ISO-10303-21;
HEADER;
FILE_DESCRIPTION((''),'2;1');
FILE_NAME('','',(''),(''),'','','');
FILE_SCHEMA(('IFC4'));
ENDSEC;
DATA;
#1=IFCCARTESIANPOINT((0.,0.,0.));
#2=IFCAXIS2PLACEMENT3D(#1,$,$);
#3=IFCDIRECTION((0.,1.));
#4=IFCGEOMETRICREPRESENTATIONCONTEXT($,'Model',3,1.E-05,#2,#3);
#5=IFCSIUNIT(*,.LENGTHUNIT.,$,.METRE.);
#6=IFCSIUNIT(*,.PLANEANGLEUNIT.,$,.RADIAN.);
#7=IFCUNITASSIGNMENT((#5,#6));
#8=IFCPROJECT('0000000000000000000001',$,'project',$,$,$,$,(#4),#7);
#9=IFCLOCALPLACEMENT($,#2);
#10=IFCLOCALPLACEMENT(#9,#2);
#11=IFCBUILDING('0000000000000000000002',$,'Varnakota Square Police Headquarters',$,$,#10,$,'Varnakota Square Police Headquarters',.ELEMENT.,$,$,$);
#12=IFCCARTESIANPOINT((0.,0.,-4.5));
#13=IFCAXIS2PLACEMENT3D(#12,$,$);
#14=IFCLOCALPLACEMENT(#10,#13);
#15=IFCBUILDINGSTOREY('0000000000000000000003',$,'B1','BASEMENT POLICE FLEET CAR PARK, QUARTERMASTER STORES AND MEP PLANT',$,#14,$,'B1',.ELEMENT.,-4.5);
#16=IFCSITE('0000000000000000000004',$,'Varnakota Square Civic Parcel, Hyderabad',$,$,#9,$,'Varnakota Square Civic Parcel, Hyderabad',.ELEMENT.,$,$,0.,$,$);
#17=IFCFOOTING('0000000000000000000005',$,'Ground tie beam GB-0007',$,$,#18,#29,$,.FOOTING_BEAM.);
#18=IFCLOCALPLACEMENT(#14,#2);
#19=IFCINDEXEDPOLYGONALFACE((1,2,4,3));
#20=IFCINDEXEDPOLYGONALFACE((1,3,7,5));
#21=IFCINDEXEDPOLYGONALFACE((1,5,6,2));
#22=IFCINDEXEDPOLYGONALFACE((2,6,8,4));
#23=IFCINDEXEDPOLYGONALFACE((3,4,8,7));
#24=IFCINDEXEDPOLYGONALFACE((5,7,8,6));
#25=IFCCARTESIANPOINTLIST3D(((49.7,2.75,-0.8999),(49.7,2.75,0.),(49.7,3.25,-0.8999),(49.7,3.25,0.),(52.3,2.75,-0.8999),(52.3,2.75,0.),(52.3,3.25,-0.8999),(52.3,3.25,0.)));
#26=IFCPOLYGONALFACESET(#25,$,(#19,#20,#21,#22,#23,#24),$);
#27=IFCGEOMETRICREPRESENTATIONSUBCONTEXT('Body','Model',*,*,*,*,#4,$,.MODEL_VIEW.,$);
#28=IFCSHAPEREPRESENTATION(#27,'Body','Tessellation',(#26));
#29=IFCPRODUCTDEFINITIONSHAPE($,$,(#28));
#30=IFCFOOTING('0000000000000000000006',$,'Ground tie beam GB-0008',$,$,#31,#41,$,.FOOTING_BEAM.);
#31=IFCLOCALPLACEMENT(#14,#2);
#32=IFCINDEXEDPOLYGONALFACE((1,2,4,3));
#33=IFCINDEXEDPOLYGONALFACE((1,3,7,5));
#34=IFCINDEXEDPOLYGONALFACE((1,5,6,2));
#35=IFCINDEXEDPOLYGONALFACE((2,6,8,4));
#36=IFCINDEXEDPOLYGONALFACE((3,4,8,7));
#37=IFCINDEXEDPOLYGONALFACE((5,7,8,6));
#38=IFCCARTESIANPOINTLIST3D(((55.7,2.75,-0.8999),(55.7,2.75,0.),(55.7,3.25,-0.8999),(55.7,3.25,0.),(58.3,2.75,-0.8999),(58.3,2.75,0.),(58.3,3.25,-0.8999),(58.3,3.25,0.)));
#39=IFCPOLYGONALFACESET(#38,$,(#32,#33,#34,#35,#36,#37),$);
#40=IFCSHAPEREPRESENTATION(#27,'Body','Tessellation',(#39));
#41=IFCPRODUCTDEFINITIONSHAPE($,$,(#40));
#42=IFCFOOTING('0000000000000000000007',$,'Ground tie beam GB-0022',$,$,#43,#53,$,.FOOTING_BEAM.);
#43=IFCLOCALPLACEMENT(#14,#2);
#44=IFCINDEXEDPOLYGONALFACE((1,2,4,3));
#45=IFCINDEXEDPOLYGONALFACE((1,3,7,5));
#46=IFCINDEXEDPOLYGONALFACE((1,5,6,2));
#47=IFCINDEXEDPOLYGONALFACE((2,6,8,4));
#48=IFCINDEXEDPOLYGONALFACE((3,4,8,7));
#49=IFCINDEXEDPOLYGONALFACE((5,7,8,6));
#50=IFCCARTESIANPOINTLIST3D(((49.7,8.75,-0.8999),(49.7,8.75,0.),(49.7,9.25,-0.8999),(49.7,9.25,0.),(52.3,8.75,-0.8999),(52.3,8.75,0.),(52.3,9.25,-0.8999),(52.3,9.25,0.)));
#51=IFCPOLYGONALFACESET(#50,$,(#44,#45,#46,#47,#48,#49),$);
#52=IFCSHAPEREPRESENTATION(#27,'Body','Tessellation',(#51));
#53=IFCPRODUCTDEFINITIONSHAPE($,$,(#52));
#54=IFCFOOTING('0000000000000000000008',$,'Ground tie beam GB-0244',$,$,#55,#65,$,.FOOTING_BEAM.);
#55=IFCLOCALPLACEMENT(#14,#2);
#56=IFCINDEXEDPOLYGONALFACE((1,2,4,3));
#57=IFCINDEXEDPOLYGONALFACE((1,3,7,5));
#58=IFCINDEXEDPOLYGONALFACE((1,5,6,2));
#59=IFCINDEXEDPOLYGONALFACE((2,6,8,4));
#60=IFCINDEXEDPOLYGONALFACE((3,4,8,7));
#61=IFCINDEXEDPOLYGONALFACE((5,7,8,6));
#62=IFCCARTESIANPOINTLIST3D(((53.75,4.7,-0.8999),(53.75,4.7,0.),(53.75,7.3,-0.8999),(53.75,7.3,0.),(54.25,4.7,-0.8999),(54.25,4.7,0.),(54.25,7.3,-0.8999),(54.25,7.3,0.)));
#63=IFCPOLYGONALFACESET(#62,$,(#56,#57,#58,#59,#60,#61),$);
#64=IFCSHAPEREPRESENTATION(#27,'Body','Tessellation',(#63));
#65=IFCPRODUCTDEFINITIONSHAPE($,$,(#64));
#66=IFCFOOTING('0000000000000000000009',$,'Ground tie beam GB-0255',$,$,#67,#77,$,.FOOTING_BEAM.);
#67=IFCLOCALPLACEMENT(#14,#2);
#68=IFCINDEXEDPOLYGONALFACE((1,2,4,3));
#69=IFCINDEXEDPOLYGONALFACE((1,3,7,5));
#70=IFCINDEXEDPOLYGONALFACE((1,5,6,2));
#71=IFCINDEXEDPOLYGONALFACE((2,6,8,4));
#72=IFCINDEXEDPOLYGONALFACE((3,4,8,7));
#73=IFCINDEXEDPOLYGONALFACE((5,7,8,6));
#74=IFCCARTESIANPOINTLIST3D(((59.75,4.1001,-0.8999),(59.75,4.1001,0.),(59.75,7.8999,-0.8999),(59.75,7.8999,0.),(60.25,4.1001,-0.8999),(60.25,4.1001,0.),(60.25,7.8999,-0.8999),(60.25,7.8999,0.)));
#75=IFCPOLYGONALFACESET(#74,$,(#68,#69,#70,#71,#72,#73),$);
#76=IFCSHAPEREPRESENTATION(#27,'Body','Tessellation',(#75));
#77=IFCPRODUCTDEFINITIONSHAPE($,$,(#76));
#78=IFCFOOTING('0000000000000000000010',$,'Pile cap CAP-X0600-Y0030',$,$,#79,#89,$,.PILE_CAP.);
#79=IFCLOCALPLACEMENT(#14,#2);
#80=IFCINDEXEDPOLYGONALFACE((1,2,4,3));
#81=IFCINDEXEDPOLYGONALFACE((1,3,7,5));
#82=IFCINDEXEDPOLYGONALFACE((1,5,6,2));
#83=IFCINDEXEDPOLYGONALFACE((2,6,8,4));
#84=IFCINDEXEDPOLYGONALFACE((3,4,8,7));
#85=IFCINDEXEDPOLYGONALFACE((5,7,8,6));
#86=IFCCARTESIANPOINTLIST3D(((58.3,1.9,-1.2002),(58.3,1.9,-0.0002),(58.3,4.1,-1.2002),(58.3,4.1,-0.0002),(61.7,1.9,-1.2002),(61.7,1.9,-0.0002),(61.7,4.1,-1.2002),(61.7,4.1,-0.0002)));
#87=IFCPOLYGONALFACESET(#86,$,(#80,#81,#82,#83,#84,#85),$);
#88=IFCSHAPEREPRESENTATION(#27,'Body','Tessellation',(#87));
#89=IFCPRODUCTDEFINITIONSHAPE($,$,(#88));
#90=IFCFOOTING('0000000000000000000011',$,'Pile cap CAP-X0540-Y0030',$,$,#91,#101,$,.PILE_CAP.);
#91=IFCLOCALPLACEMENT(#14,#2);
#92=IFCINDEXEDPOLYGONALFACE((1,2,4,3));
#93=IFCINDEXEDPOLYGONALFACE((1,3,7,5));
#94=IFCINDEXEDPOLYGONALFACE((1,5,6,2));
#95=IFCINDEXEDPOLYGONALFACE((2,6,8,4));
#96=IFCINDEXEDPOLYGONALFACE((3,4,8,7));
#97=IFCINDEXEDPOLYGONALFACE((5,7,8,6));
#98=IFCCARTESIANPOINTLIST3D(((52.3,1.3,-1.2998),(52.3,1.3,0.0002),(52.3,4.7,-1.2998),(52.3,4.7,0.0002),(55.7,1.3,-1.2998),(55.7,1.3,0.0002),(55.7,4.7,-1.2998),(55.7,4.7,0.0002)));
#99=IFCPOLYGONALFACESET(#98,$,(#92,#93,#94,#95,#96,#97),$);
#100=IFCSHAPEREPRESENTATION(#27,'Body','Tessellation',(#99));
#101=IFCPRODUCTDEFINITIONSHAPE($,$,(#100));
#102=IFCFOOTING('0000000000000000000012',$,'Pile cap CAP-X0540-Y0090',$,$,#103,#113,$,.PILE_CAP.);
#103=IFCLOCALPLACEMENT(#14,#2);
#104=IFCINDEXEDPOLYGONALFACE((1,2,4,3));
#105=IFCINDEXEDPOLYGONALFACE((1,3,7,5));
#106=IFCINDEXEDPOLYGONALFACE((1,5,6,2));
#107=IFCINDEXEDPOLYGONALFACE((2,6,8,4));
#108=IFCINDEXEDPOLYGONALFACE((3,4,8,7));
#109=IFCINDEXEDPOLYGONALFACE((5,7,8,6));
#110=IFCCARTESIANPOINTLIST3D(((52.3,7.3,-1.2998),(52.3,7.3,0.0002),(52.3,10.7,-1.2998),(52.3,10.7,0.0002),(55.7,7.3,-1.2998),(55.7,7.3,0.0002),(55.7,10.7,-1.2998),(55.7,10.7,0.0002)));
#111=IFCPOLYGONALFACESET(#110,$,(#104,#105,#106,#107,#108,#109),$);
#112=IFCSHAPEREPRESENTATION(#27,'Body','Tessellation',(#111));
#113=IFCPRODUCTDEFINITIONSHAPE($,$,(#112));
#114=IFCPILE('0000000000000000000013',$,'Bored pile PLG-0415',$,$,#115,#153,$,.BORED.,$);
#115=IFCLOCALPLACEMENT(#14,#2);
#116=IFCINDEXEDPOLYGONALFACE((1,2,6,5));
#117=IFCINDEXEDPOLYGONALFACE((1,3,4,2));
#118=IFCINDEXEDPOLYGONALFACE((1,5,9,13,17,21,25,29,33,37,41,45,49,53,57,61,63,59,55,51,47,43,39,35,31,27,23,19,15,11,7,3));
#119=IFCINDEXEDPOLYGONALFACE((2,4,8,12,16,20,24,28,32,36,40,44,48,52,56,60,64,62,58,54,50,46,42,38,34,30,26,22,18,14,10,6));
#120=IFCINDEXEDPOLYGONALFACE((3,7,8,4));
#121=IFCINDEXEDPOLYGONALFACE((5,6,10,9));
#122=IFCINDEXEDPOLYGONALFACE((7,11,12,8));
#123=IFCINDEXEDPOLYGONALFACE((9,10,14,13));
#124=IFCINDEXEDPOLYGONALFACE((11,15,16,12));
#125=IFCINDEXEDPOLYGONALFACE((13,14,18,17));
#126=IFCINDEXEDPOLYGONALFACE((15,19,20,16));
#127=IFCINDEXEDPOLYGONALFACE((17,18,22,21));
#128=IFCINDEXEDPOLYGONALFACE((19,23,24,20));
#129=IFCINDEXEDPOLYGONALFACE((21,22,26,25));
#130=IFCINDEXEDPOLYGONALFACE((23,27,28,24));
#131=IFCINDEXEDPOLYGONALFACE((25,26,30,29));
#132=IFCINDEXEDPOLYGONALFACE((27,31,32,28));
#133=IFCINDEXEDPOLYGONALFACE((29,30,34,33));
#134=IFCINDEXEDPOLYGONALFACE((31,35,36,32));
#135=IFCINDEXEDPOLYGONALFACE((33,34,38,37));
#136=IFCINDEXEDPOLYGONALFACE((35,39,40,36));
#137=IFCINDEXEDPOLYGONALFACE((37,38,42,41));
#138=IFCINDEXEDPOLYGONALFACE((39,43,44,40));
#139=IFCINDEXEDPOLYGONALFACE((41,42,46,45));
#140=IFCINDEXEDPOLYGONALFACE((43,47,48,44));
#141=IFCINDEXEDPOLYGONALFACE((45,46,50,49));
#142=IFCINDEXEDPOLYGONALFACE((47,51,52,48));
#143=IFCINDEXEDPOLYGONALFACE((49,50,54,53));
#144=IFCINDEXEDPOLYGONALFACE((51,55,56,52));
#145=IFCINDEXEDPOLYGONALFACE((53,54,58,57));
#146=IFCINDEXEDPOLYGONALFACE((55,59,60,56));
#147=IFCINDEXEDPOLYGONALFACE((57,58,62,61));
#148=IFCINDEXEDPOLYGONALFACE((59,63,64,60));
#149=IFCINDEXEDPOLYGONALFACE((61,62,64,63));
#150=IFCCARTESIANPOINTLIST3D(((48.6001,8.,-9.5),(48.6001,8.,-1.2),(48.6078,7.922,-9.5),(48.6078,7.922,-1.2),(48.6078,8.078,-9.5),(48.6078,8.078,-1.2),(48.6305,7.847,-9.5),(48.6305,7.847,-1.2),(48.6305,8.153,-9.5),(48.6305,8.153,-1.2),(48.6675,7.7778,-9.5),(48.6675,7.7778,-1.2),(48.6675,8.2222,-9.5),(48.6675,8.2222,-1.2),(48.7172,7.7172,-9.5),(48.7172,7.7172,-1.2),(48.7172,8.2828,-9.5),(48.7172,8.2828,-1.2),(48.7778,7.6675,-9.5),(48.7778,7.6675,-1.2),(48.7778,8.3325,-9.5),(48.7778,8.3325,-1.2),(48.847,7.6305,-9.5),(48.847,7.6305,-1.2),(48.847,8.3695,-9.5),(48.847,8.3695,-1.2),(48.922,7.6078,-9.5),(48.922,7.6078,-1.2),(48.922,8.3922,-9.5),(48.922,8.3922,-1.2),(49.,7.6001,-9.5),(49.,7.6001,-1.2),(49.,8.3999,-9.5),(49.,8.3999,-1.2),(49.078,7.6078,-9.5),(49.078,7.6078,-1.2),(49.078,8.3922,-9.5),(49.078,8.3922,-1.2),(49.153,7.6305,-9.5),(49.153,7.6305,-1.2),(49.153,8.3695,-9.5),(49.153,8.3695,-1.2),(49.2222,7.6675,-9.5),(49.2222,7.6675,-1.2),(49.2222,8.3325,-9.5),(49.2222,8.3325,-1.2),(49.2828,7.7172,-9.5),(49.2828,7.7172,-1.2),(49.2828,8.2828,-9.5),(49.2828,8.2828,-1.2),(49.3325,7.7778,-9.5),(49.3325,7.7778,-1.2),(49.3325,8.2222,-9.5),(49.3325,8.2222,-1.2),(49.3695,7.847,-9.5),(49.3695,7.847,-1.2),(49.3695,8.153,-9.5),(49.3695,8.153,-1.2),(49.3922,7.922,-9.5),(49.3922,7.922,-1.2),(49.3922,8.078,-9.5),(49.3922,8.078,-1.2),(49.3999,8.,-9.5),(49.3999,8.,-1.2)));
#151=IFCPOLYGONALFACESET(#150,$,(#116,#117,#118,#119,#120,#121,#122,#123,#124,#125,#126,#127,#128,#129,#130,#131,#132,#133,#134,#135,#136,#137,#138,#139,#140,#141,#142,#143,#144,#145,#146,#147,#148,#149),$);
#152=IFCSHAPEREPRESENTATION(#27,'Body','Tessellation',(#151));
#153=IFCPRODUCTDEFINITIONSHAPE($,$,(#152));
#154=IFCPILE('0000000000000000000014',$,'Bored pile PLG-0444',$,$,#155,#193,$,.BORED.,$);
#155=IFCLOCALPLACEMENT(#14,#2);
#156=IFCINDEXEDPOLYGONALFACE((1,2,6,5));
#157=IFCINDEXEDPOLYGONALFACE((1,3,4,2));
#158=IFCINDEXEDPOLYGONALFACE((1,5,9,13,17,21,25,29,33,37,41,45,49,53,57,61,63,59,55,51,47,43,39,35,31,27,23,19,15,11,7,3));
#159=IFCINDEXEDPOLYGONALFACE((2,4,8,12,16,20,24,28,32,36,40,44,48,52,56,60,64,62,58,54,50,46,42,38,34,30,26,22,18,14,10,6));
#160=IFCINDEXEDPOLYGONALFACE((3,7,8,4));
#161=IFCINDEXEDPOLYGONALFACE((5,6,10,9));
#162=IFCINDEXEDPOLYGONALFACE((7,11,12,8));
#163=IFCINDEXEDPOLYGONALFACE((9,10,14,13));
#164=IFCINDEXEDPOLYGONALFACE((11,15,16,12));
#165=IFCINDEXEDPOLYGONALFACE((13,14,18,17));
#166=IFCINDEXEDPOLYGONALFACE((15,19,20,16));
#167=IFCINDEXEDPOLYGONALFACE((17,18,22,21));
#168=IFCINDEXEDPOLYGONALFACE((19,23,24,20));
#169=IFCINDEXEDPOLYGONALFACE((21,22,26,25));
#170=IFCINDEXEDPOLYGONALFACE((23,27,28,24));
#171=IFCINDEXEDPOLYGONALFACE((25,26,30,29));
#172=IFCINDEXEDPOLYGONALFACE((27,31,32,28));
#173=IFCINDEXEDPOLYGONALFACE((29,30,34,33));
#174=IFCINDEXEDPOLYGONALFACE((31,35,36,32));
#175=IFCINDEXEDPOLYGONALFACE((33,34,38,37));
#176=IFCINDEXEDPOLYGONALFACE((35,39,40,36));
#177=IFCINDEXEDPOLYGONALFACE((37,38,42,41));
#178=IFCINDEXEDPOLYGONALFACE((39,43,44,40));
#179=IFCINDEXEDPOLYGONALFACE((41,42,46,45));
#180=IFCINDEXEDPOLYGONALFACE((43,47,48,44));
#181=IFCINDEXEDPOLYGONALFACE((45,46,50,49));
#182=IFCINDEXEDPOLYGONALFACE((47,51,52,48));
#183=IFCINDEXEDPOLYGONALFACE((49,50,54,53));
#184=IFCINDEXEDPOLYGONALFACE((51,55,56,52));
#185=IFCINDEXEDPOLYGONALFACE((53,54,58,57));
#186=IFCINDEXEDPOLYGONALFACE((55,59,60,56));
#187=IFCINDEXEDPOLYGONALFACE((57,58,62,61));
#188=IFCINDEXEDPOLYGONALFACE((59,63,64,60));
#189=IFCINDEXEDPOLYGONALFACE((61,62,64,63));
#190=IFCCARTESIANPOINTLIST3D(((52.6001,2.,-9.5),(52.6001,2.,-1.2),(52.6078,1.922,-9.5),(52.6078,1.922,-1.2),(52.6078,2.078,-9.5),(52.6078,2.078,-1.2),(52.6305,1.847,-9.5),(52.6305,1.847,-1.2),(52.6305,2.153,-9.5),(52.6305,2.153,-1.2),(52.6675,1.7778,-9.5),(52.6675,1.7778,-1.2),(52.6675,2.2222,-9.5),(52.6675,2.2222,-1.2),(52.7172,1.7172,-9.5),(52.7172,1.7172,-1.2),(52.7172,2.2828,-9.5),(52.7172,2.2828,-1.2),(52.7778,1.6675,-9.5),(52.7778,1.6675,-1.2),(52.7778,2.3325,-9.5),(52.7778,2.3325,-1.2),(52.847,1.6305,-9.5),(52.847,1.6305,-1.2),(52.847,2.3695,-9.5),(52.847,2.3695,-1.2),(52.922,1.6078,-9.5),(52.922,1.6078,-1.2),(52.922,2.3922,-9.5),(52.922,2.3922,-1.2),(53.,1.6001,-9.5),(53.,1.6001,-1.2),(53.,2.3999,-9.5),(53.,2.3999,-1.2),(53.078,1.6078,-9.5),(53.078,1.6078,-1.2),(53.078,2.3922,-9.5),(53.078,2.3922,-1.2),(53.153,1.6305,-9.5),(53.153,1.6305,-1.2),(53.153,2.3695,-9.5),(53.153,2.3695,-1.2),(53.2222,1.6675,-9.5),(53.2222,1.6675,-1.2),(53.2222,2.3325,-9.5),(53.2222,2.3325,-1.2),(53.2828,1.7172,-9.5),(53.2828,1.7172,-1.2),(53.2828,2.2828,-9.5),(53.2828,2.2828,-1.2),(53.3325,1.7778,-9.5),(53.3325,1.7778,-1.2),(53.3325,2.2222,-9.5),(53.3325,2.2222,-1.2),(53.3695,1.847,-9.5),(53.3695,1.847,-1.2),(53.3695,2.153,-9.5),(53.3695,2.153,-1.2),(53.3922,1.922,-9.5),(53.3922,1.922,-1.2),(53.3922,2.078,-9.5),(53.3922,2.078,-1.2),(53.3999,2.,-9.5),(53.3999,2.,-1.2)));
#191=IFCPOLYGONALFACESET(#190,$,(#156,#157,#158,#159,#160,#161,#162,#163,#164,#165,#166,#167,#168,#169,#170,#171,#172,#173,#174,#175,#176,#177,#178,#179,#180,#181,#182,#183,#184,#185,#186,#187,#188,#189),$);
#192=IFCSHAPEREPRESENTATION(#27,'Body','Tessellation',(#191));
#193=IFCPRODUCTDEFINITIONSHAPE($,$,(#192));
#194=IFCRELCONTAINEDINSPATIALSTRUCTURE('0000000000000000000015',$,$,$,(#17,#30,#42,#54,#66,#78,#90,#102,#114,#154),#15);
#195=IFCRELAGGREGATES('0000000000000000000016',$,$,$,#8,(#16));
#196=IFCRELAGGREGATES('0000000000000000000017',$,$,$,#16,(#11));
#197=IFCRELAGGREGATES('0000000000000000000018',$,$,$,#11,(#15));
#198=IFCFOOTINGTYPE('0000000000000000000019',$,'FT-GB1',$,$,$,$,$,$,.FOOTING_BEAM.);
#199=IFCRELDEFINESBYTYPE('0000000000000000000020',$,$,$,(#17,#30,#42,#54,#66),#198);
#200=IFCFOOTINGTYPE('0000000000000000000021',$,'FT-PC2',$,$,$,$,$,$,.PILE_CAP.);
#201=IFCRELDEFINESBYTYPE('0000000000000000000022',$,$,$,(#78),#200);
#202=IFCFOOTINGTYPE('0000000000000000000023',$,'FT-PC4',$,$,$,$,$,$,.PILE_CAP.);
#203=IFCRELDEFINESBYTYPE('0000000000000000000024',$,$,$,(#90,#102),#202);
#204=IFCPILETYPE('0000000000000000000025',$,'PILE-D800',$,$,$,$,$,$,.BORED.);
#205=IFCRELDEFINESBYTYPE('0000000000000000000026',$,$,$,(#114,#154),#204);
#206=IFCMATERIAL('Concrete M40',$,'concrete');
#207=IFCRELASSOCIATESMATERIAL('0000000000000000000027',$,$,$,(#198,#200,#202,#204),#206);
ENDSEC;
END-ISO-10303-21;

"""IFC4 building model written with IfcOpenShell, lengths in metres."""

from ifc_helpers import new_model, si_unit, direction, frame, origin, origin_2d, place, context, subcontext, project, spatial, rectangle, circle, extrude, material, material_profile, profile_set, type_object, element, save


model = new_model("IFC4")

# Units and contexts
model_context = context("Model", 3, precision=1e-05, world=origin(), true_north=direction((0.0, 1.0)))
body_context = subcontext(model_context, "Body", "Model", "MODEL_VIEW")
ifc_project = project(units=[si_unit("LENGTHUNIT", "METRE"), si_unit("PLANEANGLEUNIT", "RADIAN")], contexts=[model_context])

# Site, building, storey
site_placement = place(None, origin())
site = spatial("IfcSite", under=ifc_project, at=site_placement, Name="Varnakota Square Civic Parcel, Hyderabad", LongName="Varnakota Square Civic Parcel, Hyderabad", CompositionType="ELEMENT", RefElevation=0.0)
building_placement = place(site_placement, origin())
building = spatial("IfcBuilding", under=site, at=building_placement, Name="Varnakota Square Police Headquarters", LongName="Varnakota Square Police Headquarters", CompositionType="ELEMENT")
storey_placement = place(building_placement, frame((0.0, 0.0, -4.5)))
storey = spatial("IfcBuildingStorey", under=building, at=storey_placement, Name="B1", Description="BASEMENT POLICE FLEET CAR PARK, QUARTERMASTER STORES AND MEP PLANT", LongName="B1", CompositionType="ELEMENT", Elevation=-4.5)

# Footings
ifc_material_1 = material(Name="Concrete M40", Category="concrete")
ifc_material_profile_1 = material_profile(ifc_material_1, rectangle(XDim=0.5, YDim=0.8999, at=origin_2d()), Name="GB 500x900")
ifc_profile_set_1 = profile_set([ifc_material_profile_1], Name="Concrete M40")
footing_type_1 = type_object("IfcFootingType", Name="FT-GB1", PredefinedType="FOOTING_BEAM", material=ifc_profile_set_1)
for number, where, z_axis, x_axis, name in (
    (1, (49.7, 3.0, -0.45), (1.0, 0.0, 0.0), (0.0, 1.0, 0.0), "Ground tie beam GB-0007"),
    (2, (55.7, 3.0, -0.45), (1.0, 0.0, 0.0), (0.0, 1.0, 0.0), "Ground tie beam GB-0008"),
    (3, (49.7, 9.0, -0.45), (1.0, 0.0, 0.0), (0.0, 1.0, 0.0), "Ground tie beam GB-0022"),
    (4, (54.0, 4.7, -0.45), (0.0, 1.0, 0.0), (-1.0, 0.0, 0.0), "Ground tie beam GB-0244"),
):
    element("IfcFooting", number, at=place(storey_placement, frame(where, z_axis=z_axis, x_axis=x_axis)), inside=storey, type_object=footing_type_1, Name=name, PredefinedType="FOOTING_BEAM", context=body_context, shape_type="SweptSolid", body=[
        extrude(rectangle(XDim=0.5, YDim=0.8999, at=origin_2d()), origin(), (0.0, 0.0, 1.0), 2.6001),
    ])
footing_1_placement = place(storey_placement, frame((60.0, 4.1001, -0.45), z_axis=(0.0, 1.0, 0.0), x_axis=(-1.0, 0.0, 0.0)))
element("IfcFooting", 5, at=footing_1_placement, inside=storey, type_object=footing_type_1, Name="Ground tie beam GB-0255", PredefinedType="FOOTING_BEAM", context=body_context, shape_type="SweptSolid", body=[
    extrude(rectangle(XDim=0.5, YDim=0.8999, at=origin_2d()), origin(), (0.0, 0.0, 1.0), 3.7998),
])
footing_type_2 = type_object("IfcFootingType", Name="FT-PC2", PredefinedType="PILE_CAP", material=ifc_material_1)
footing_2_placement = place(storey_placement, frame((60.0, 3.0, -1.2002), z_axis=(0.0, 0.0, 1.0), x_axis=(1.0, 0.0, 0.0)))
element("IfcFooting", 6, at=footing_2_placement, inside=storey, type_object=footing_type_2, Name="Pile cap CAP-X0600-Y0030", PredefinedType="PILE_CAP", context=body_context, shape_type="SweptSolid", body=[
    extrude(rectangle(XDim=3.3999, YDim=2.2, at=origin_2d()), origin(), (0.0, 0.0, 1.0), 1.2),
])
footing_type_3 = type_object("IfcFootingType", Name="FT-PC4", PredefinedType="PILE_CAP", material=ifc_material_1)
for number, where, z_axis, x_axis, name in (
    (7, (54.0, 3.0, -1.2998), (0.0, 0.0, 1.0), (1.0, 0.0, 0.0), "Pile cap CAP-X0540-Y0030"),
    (8, (54.0, 9.0, -1.2998), (0.0, 0.0, 1.0), (1.0, 0.0, 0.0), "Pile cap CAP-X0540-Y0090"),
):
    element("IfcFooting", number, at=place(storey_placement, frame(where, z_axis=z_axis, x_axis=x_axis)), inside=storey, type_object=footing_type_3, Name=name, PredefinedType="PILE_CAP", context=body_context, shape_type="SweptSolid", body=[
        extrude(rectangle(XDim=3.3999, YDim=3.3999, at=origin_2d()), origin(), (0.0, 0.0, 1.0), 1.3),
    ])

# Piles
ifc_material_profile_2 = material_profile(ifc_material_1, circle(Radius=0.3999, at=origin_2d()), Name="BORED PILE 800")
ifc_profile_set_2 = profile_set([ifc_material_profile_2], Name="Concrete M40")
pile_type = type_object("IfcPileType", Name="PILE-D800", PredefinedType="BORED", material=ifc_profile_set_2)
for number, where, z_axis, x_axis, name in (
    (9, (49.0, 8.0, -1.2), (0.0, 0.0, -1.0), (1.0, 0.0, 0.0), "Bored pile PLG-0415"),
    (10, (53.0, 2.0, -1.2), (0.0, 0.0, -1.0), (1.0, 0.0, 0.0), "Bored pile PLG-0444"),
):
    element("IfcPile", number, at=place(storey_placement, frame(where, z_axis=z_axis, x_axis=x_axis)), inside=storey, type_object=pile_type, Name=name, PredefinedType="BORED", context=body_context, shape_type="SweptSolid", body=[
        extrude(circle(Radius=0.3999, at=origin_2d()), origin(), (0.0, 0.0, 1.0), 8.3),
    ])

save(model, "model.ifc")
